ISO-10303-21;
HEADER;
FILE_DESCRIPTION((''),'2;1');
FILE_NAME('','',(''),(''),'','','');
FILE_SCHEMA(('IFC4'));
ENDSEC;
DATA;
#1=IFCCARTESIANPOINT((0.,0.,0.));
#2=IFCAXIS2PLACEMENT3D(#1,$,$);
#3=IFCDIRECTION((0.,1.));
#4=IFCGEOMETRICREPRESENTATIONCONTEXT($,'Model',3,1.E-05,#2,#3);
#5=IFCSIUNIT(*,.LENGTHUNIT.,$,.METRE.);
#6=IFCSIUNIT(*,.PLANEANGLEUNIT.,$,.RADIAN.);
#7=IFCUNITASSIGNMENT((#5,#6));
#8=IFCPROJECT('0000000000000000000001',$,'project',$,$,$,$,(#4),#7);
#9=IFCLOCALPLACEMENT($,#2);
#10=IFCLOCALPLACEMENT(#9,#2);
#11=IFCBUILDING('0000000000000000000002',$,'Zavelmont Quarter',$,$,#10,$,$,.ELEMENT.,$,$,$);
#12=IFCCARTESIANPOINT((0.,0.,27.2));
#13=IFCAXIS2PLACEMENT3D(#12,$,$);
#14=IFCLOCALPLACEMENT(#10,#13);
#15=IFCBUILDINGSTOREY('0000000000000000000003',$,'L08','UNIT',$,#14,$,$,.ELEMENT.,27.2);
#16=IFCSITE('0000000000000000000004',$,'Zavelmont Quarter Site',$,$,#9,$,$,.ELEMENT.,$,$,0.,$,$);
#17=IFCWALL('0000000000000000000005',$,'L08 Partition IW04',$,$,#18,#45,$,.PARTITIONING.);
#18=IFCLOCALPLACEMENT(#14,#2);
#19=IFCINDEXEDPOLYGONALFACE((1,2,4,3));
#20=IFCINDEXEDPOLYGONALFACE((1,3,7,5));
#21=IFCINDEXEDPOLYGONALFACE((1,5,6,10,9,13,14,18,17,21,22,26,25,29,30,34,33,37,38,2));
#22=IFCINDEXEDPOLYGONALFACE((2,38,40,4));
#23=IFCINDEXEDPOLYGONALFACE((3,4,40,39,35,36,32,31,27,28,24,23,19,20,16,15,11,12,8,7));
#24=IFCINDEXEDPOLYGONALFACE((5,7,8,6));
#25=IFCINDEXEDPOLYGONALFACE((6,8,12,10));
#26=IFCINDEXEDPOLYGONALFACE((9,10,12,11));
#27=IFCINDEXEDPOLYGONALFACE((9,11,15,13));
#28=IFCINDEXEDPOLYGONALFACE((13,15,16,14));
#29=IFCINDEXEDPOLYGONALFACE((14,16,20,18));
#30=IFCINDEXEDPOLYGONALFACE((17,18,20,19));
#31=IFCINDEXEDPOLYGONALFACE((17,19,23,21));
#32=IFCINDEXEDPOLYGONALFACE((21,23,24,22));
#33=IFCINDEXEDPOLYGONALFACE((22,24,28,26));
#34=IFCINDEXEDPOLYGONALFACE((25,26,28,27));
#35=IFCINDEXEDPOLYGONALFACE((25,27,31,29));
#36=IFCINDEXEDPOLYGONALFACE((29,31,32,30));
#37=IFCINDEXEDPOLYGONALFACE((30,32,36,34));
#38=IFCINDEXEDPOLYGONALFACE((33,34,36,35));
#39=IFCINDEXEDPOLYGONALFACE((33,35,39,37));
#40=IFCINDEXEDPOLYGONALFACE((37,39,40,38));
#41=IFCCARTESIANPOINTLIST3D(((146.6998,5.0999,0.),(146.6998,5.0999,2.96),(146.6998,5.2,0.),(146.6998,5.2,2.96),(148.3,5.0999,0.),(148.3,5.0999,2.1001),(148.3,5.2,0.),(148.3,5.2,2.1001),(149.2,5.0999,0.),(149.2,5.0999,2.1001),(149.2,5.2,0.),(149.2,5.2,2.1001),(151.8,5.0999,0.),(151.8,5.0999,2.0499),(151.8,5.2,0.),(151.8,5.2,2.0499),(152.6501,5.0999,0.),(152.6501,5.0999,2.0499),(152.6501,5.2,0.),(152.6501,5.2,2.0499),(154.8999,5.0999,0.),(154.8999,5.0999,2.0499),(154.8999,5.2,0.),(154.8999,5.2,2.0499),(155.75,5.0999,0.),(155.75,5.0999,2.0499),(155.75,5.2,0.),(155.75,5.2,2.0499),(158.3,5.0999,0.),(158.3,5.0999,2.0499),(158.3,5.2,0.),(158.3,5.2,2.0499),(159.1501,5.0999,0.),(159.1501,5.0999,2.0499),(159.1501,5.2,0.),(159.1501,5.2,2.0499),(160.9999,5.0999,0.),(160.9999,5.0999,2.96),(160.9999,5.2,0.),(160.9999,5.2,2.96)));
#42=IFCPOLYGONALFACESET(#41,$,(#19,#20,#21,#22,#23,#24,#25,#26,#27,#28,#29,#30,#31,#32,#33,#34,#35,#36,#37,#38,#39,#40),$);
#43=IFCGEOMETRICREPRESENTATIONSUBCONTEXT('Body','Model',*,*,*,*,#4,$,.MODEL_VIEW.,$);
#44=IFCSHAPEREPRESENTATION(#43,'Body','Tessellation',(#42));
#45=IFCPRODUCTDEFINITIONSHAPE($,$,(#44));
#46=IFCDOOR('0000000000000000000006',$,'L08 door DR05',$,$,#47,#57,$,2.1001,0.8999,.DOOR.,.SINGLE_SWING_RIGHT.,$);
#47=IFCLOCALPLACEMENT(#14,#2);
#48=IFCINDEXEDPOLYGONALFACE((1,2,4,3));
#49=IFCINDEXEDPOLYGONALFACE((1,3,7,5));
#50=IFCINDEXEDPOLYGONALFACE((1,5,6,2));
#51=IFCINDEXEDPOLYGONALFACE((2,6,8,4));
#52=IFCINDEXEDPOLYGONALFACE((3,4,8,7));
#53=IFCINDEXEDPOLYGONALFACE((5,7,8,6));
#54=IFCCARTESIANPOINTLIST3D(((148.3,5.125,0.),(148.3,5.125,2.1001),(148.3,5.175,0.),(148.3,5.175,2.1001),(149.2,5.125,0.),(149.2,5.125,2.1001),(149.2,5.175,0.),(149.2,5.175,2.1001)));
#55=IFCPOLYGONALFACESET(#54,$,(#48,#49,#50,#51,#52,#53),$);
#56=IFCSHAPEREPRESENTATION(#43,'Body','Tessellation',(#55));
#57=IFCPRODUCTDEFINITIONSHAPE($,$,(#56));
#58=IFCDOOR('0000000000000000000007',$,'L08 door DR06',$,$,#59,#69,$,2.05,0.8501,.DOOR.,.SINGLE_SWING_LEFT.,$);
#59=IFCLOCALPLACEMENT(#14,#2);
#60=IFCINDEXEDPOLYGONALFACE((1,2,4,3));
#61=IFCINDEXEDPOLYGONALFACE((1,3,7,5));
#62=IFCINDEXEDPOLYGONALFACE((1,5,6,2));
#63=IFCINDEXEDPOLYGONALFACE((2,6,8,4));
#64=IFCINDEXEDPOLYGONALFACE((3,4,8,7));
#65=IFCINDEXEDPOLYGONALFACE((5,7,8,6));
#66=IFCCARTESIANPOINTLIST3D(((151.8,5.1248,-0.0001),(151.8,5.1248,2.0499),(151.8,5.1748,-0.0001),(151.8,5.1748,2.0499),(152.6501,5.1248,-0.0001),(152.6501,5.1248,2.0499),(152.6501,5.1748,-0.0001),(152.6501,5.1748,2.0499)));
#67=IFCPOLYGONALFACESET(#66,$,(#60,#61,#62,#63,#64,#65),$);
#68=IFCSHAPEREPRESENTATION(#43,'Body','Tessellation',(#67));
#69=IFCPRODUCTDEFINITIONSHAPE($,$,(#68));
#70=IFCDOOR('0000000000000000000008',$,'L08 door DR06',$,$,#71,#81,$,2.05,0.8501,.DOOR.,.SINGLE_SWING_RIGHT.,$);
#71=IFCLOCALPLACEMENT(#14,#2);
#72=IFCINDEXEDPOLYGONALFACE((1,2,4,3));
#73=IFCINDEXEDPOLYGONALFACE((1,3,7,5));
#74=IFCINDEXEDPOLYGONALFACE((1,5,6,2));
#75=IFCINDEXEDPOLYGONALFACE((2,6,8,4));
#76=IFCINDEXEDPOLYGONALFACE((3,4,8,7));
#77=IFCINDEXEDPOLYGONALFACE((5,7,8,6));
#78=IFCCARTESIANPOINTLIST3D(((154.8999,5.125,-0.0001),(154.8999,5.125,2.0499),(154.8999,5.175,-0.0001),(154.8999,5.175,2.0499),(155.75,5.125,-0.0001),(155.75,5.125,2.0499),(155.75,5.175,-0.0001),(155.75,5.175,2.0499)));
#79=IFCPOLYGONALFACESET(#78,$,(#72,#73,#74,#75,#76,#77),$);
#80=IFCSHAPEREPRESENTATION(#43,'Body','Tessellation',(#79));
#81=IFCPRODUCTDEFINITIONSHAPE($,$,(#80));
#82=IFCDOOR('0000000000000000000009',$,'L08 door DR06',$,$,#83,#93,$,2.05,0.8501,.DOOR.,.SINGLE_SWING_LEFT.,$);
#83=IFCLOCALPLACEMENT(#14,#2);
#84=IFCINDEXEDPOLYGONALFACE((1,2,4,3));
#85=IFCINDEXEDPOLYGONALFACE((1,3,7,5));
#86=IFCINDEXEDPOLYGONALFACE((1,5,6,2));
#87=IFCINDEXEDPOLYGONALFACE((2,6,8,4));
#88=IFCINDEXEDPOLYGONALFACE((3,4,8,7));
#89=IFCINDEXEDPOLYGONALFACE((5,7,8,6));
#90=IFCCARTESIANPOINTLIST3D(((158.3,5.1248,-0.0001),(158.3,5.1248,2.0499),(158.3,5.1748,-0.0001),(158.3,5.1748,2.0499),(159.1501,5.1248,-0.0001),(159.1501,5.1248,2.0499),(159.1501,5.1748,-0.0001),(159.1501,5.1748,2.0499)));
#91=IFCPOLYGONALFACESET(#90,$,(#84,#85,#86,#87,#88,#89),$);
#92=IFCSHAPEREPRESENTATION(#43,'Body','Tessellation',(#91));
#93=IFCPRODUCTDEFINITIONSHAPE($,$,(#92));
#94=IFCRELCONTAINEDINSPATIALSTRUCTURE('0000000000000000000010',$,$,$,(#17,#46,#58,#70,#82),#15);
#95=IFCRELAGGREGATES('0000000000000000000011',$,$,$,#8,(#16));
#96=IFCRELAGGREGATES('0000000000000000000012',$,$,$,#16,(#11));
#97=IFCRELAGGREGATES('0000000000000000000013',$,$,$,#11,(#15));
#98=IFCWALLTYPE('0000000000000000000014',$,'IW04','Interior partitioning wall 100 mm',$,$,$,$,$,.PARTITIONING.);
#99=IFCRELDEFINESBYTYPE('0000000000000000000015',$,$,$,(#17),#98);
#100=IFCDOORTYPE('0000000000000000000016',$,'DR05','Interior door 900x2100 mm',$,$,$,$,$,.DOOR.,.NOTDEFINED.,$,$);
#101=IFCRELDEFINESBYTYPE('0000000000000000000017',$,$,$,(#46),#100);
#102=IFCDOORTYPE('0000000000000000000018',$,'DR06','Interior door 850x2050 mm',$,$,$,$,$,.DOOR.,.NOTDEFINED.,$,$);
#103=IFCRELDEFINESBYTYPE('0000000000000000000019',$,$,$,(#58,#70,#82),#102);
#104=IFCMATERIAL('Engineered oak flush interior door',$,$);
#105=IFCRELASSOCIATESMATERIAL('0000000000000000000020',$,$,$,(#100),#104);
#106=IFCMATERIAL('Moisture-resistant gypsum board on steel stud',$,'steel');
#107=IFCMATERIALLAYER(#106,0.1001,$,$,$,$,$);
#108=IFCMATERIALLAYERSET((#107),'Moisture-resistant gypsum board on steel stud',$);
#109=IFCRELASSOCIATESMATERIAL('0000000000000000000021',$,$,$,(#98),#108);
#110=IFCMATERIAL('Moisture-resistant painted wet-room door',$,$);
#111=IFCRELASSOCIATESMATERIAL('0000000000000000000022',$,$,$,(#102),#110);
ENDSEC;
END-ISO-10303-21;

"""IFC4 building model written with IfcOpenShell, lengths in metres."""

from ifc_helpers import new_model, si_unit, direction, frame, frame_2d, origin, origin_with_axes, place, context, subcontext, project, spatial, rectangle, extrude, material, layer, layer_set, type_object, element, fill, save


model = new_model("IFC4")

# Units and contexts
model_context = context("Model", 3, precision=1e-05, world=origin(), true_north=direction((0.0, 1.0)))
body_context = subcontext(model_context, "Body", "Model", "MODEL_VIEW")
ifc_project = project(units=[si_unit("LENGTHUNIT", "METRE"), si_unit("PLANEANGLEUNIT", "RADIAN")], contexts=[model_context])

# Site, building, storey
site_placement = place(None, origin())
site = spatial("IfcSite", under=ifc_project, at=site_placement, Name="Zavelmont Quarter Site", CompositionType="ELEMENT", RefElevation=0.0)
building_placement = place(site_placement, origin())
building = spatial("IfcBuilding", under=site, at=building_placement, Name="Zavelmont Quarter", CompositionType="ELEMENT")
storey_placement = place(building_placement, frame((0.0, 0.0, 27.2)))
storey = spatial("IfcBuildingStorey", under=building, at=storey_placement, Name="L08", Description="UNIT", CompositionType="ELEMENT", Elevation=27.2)

# Shared definitions
ifc_material_1 = material(Name="Engineered oak flush interior door")
door_type_1 = type_object("IfcDoorType", Name="DR05", Description="Interior door 900x2100 mm", OperationType="NOTDEFINED", PredefinedType="DOOR", material=ifc_material_1)

# Wall, openings, doors
ifc_material_2 = material(Name="Moisture-resistant gypsum board on steel stud", Category="steel")
ifc_layer_1 = layer(ifc_material_2, 0.1001)
ifc_layer_set_1 = layer_set([ifc_layer_1], Name="Moisture-resistant gypsum board on steel stud")
wall_type_1 = type_object("IfcWallType", Name="IW04", Description="Interior partitioning wall 100 mm", PredefinedType="PARTITIONING", material=ifc_layer_set_1)
wall_1_placement = place(storey_placement, frame((146.7, 5.1499, 0.0), z_axis=(0.0, 0.0, 1.0), x_axis=(1.0, 0.0, 0.0)))
wall_1 = element("IfcWall", 1, at=wall_1_placement, inside=storey, type_object=wall_type_1, Name="L08 Partition IW04", PredefinedType="PARTITIONING", context=body_context, shape_type="SweptSolid", body=[
    extrude(rectangle(XDim=14.3, YDim=0.1001, at=frame_2d((7.1499, 0.0))), origin(), (0.0, 0.0, 1.0), 2.96),
])
opening_1_placement = place(wall_1_placement, frame((1.6001, 0.0, 0.0)))
opening_1 = element("IfcOpeningElement", 2, at=opening_1_placement, cuts=wall_1, PredefinedType="OPENING", context=body_context, shape_type="SweptSolid", body=[
    extrude(rectangle(XDim=0.8999, YDim=2.1001, at=frame_2d((0.45, 1.05))), frame((0.0, 0.062, 0.0), z_axis=(0.0, -1.0, 0.0), x_axis=(1.0, 0.0, 0.0)), (0.0, 0.0, 1.0), 0.124),
])
opening_2_placement = place(wall_1_placement, frame((5.1001, 0.0, 0.0)))
opening_2 = element("IfcOpeningElement", 3, at=opening_2_placement, cuts=wall_1, PredefinedType="OPENING", context=body_context, shape_type="SweptSolid", body=[
    extrude(rectangle(XDim=0.8501, YDim=2.05, at=frame_2d((0.425, 1.0249))), frame((0.0, 0.062, 0.0), z_axis=(0.0, -1.0, 0.0), x_axis=(1.0, 0.0, 0.0)), (0.0, 0.0, 1.0), 0.124),
])
opening_3_placement = place(wall_1_placement, frame((8.2, 0.0, 0.0)))
opening_3 = element("IfcOpeningElement", 4, at=opening_3_placement, cuts=wall_1, PredefinedType="OPENING", context=body_context, shape_type="SweptSolid", body=[
    extrude(rectangle(XDim=0.8501, YDim=2.05, at=frame_2d((0.425, 1.0249))), frame((0.0, 0.062, 0.0), z_axis=(0.0, -1.0, 0.0), x_axis=(1.0, 0.0, 0.0)), (0.0, 0.0, 1.0), 0.124),
])
opening_4_placement = place(wall_1_placement, frame((11.6001, 0.0, 0.0)))
opening_4 = element("IfcOpeningElement", 5, at=opening_4_placement, cuts=wall_1, PredefinedType="OPENING", context=body_context, shape_type="SweptSolid", body=[
    extrude(rectangle(XDim=0.8501, YDim=2.05, at=frame_2d((0.425, 1.0249))), frame((0.0, 0.062, 0.0), z_axis=(0.0, -1.0, 0.0), x_axis=(1.0, 0.0, 0.0)), (0.0, 0.0, 1.0), 0.124),
])
door_1_placement = place(opening_1_placement, frame((0.8999, 0.0, 0.0), z_axis=(0.0, 0.0, 1.0), x_axis=(-1.0, 0.0, 0.0)))
door_1 = element("IfcDoor", 6, at=door_1_placement, inside=storey, type_object=door_type_1, Name="L08 door DR05", OperationType="SINGLE_SWING_RIGHT", OverallHeight=2.1001, OverallWidth=0.8999, PredefinedType="DOOR", context=body_context, shape_type="SweptSolid", body=[
    extrude(rectangle(XDim=0.8999, YDim=2.1001, at=frame_2d((0.45, 1.05))), frame((0.0, 0.0249, 0.0), z_axis=(0.0, -1.0, 0.0), x_axis=(1.0, 0.0, 0.0)), (0.0, 0.0, 1.0), 0.05),
])
fill(opening_1, door_1)
ifc_material_3 = material(Name="Moisture-resistant painted wet-room door")
door_type_2 = type_object("IfcDoorType", Name="DR06", Description="Interior door 850x2050 mm", OperationType="NOTDEFINED", PredefinedType="DOOR", material=ifc_material_3)
door_2_placement = place(opening_2_placement, origin_with_axes())
door_2 = element("IfcDoor", 7, at=door_2_placement, inside=storey, type_object=door_type_2, Name="L08 door DR06", OperationType="SINGLE_SWING_LEFT", OverallHeight=2.05, OverallWidth=0.8501, PredefinedType="DOOR", context=body_context, shape_type="SweptSolid", body=[
    extrude(rectangle(XDim=0.8501, YDim=2.05, at=frame_2d((0.425, 1.0249))), frame((0.0, 0.0249, 0.0), z_axis=(0.0, -1.0, 0.0), x_axis=(1.0, 0.0, 0.0)), (0.0, 0.0, 1.0), 0.05),
])
fill(opening_2, door_2)
door_3_placement = place(opening_3_placement, frame((0.8501, 0.0, 0.0), z_axis=(0.0, 0.0, 1.0), x_axis=(-1.0, 0.0, 0.0)))
door_3 = element("IfcDoor", 8, at=door_3_placement, inside=storey, type_object=door_type_2, Name="L08 door DR06", OperationType="SINGLE_SWING_RIGHT", OverallHeight=2.05, OverallWidth=0.8501, PredefinedType="DOOR", context=body_context, shape_type="SweptSolid", body=[
    extrude(rectangle(XDim=0.8501, YDim=2.05, at=frame_2d((0.425, 1.0249))), frame((0.0, 0.0249, 0.0), z_axis=(0.0, -1.0, 0.0), x_axis=(1.0, 0.0, 0.0)), (0.0, 0.0, 1.0), 0.05),
])
fill(opening_3, door_3)
door_4_placement = place(opening_4_placement, origin_with_axes())
door_4 = element("IfcDoor", 9, at=door_4_placement, inside=storey, type_object=door_type_2, Name="L08 door DR06", OperationType="SINGLE_SWING_LEFT", OverallHeight=2.05, OverallWidth=0.8501, PredefinedType="DOOR", context=body_context, shape_type="SweptSolid", body=[
    extrude(rectangle(XDim=0.8501, YDim=2.05, at=frame_2d((0.425, 1.0249))), frame((0.0, 0.0249, 0.0), z_axis=(0.0, -1.0, 0.0), x_axis=(1.0, 0.0, 0.0)), (0.0, 0.0, 1.0), 0.05),
])
fill(opening_4, door_4)

save(model, "model.ifc")
